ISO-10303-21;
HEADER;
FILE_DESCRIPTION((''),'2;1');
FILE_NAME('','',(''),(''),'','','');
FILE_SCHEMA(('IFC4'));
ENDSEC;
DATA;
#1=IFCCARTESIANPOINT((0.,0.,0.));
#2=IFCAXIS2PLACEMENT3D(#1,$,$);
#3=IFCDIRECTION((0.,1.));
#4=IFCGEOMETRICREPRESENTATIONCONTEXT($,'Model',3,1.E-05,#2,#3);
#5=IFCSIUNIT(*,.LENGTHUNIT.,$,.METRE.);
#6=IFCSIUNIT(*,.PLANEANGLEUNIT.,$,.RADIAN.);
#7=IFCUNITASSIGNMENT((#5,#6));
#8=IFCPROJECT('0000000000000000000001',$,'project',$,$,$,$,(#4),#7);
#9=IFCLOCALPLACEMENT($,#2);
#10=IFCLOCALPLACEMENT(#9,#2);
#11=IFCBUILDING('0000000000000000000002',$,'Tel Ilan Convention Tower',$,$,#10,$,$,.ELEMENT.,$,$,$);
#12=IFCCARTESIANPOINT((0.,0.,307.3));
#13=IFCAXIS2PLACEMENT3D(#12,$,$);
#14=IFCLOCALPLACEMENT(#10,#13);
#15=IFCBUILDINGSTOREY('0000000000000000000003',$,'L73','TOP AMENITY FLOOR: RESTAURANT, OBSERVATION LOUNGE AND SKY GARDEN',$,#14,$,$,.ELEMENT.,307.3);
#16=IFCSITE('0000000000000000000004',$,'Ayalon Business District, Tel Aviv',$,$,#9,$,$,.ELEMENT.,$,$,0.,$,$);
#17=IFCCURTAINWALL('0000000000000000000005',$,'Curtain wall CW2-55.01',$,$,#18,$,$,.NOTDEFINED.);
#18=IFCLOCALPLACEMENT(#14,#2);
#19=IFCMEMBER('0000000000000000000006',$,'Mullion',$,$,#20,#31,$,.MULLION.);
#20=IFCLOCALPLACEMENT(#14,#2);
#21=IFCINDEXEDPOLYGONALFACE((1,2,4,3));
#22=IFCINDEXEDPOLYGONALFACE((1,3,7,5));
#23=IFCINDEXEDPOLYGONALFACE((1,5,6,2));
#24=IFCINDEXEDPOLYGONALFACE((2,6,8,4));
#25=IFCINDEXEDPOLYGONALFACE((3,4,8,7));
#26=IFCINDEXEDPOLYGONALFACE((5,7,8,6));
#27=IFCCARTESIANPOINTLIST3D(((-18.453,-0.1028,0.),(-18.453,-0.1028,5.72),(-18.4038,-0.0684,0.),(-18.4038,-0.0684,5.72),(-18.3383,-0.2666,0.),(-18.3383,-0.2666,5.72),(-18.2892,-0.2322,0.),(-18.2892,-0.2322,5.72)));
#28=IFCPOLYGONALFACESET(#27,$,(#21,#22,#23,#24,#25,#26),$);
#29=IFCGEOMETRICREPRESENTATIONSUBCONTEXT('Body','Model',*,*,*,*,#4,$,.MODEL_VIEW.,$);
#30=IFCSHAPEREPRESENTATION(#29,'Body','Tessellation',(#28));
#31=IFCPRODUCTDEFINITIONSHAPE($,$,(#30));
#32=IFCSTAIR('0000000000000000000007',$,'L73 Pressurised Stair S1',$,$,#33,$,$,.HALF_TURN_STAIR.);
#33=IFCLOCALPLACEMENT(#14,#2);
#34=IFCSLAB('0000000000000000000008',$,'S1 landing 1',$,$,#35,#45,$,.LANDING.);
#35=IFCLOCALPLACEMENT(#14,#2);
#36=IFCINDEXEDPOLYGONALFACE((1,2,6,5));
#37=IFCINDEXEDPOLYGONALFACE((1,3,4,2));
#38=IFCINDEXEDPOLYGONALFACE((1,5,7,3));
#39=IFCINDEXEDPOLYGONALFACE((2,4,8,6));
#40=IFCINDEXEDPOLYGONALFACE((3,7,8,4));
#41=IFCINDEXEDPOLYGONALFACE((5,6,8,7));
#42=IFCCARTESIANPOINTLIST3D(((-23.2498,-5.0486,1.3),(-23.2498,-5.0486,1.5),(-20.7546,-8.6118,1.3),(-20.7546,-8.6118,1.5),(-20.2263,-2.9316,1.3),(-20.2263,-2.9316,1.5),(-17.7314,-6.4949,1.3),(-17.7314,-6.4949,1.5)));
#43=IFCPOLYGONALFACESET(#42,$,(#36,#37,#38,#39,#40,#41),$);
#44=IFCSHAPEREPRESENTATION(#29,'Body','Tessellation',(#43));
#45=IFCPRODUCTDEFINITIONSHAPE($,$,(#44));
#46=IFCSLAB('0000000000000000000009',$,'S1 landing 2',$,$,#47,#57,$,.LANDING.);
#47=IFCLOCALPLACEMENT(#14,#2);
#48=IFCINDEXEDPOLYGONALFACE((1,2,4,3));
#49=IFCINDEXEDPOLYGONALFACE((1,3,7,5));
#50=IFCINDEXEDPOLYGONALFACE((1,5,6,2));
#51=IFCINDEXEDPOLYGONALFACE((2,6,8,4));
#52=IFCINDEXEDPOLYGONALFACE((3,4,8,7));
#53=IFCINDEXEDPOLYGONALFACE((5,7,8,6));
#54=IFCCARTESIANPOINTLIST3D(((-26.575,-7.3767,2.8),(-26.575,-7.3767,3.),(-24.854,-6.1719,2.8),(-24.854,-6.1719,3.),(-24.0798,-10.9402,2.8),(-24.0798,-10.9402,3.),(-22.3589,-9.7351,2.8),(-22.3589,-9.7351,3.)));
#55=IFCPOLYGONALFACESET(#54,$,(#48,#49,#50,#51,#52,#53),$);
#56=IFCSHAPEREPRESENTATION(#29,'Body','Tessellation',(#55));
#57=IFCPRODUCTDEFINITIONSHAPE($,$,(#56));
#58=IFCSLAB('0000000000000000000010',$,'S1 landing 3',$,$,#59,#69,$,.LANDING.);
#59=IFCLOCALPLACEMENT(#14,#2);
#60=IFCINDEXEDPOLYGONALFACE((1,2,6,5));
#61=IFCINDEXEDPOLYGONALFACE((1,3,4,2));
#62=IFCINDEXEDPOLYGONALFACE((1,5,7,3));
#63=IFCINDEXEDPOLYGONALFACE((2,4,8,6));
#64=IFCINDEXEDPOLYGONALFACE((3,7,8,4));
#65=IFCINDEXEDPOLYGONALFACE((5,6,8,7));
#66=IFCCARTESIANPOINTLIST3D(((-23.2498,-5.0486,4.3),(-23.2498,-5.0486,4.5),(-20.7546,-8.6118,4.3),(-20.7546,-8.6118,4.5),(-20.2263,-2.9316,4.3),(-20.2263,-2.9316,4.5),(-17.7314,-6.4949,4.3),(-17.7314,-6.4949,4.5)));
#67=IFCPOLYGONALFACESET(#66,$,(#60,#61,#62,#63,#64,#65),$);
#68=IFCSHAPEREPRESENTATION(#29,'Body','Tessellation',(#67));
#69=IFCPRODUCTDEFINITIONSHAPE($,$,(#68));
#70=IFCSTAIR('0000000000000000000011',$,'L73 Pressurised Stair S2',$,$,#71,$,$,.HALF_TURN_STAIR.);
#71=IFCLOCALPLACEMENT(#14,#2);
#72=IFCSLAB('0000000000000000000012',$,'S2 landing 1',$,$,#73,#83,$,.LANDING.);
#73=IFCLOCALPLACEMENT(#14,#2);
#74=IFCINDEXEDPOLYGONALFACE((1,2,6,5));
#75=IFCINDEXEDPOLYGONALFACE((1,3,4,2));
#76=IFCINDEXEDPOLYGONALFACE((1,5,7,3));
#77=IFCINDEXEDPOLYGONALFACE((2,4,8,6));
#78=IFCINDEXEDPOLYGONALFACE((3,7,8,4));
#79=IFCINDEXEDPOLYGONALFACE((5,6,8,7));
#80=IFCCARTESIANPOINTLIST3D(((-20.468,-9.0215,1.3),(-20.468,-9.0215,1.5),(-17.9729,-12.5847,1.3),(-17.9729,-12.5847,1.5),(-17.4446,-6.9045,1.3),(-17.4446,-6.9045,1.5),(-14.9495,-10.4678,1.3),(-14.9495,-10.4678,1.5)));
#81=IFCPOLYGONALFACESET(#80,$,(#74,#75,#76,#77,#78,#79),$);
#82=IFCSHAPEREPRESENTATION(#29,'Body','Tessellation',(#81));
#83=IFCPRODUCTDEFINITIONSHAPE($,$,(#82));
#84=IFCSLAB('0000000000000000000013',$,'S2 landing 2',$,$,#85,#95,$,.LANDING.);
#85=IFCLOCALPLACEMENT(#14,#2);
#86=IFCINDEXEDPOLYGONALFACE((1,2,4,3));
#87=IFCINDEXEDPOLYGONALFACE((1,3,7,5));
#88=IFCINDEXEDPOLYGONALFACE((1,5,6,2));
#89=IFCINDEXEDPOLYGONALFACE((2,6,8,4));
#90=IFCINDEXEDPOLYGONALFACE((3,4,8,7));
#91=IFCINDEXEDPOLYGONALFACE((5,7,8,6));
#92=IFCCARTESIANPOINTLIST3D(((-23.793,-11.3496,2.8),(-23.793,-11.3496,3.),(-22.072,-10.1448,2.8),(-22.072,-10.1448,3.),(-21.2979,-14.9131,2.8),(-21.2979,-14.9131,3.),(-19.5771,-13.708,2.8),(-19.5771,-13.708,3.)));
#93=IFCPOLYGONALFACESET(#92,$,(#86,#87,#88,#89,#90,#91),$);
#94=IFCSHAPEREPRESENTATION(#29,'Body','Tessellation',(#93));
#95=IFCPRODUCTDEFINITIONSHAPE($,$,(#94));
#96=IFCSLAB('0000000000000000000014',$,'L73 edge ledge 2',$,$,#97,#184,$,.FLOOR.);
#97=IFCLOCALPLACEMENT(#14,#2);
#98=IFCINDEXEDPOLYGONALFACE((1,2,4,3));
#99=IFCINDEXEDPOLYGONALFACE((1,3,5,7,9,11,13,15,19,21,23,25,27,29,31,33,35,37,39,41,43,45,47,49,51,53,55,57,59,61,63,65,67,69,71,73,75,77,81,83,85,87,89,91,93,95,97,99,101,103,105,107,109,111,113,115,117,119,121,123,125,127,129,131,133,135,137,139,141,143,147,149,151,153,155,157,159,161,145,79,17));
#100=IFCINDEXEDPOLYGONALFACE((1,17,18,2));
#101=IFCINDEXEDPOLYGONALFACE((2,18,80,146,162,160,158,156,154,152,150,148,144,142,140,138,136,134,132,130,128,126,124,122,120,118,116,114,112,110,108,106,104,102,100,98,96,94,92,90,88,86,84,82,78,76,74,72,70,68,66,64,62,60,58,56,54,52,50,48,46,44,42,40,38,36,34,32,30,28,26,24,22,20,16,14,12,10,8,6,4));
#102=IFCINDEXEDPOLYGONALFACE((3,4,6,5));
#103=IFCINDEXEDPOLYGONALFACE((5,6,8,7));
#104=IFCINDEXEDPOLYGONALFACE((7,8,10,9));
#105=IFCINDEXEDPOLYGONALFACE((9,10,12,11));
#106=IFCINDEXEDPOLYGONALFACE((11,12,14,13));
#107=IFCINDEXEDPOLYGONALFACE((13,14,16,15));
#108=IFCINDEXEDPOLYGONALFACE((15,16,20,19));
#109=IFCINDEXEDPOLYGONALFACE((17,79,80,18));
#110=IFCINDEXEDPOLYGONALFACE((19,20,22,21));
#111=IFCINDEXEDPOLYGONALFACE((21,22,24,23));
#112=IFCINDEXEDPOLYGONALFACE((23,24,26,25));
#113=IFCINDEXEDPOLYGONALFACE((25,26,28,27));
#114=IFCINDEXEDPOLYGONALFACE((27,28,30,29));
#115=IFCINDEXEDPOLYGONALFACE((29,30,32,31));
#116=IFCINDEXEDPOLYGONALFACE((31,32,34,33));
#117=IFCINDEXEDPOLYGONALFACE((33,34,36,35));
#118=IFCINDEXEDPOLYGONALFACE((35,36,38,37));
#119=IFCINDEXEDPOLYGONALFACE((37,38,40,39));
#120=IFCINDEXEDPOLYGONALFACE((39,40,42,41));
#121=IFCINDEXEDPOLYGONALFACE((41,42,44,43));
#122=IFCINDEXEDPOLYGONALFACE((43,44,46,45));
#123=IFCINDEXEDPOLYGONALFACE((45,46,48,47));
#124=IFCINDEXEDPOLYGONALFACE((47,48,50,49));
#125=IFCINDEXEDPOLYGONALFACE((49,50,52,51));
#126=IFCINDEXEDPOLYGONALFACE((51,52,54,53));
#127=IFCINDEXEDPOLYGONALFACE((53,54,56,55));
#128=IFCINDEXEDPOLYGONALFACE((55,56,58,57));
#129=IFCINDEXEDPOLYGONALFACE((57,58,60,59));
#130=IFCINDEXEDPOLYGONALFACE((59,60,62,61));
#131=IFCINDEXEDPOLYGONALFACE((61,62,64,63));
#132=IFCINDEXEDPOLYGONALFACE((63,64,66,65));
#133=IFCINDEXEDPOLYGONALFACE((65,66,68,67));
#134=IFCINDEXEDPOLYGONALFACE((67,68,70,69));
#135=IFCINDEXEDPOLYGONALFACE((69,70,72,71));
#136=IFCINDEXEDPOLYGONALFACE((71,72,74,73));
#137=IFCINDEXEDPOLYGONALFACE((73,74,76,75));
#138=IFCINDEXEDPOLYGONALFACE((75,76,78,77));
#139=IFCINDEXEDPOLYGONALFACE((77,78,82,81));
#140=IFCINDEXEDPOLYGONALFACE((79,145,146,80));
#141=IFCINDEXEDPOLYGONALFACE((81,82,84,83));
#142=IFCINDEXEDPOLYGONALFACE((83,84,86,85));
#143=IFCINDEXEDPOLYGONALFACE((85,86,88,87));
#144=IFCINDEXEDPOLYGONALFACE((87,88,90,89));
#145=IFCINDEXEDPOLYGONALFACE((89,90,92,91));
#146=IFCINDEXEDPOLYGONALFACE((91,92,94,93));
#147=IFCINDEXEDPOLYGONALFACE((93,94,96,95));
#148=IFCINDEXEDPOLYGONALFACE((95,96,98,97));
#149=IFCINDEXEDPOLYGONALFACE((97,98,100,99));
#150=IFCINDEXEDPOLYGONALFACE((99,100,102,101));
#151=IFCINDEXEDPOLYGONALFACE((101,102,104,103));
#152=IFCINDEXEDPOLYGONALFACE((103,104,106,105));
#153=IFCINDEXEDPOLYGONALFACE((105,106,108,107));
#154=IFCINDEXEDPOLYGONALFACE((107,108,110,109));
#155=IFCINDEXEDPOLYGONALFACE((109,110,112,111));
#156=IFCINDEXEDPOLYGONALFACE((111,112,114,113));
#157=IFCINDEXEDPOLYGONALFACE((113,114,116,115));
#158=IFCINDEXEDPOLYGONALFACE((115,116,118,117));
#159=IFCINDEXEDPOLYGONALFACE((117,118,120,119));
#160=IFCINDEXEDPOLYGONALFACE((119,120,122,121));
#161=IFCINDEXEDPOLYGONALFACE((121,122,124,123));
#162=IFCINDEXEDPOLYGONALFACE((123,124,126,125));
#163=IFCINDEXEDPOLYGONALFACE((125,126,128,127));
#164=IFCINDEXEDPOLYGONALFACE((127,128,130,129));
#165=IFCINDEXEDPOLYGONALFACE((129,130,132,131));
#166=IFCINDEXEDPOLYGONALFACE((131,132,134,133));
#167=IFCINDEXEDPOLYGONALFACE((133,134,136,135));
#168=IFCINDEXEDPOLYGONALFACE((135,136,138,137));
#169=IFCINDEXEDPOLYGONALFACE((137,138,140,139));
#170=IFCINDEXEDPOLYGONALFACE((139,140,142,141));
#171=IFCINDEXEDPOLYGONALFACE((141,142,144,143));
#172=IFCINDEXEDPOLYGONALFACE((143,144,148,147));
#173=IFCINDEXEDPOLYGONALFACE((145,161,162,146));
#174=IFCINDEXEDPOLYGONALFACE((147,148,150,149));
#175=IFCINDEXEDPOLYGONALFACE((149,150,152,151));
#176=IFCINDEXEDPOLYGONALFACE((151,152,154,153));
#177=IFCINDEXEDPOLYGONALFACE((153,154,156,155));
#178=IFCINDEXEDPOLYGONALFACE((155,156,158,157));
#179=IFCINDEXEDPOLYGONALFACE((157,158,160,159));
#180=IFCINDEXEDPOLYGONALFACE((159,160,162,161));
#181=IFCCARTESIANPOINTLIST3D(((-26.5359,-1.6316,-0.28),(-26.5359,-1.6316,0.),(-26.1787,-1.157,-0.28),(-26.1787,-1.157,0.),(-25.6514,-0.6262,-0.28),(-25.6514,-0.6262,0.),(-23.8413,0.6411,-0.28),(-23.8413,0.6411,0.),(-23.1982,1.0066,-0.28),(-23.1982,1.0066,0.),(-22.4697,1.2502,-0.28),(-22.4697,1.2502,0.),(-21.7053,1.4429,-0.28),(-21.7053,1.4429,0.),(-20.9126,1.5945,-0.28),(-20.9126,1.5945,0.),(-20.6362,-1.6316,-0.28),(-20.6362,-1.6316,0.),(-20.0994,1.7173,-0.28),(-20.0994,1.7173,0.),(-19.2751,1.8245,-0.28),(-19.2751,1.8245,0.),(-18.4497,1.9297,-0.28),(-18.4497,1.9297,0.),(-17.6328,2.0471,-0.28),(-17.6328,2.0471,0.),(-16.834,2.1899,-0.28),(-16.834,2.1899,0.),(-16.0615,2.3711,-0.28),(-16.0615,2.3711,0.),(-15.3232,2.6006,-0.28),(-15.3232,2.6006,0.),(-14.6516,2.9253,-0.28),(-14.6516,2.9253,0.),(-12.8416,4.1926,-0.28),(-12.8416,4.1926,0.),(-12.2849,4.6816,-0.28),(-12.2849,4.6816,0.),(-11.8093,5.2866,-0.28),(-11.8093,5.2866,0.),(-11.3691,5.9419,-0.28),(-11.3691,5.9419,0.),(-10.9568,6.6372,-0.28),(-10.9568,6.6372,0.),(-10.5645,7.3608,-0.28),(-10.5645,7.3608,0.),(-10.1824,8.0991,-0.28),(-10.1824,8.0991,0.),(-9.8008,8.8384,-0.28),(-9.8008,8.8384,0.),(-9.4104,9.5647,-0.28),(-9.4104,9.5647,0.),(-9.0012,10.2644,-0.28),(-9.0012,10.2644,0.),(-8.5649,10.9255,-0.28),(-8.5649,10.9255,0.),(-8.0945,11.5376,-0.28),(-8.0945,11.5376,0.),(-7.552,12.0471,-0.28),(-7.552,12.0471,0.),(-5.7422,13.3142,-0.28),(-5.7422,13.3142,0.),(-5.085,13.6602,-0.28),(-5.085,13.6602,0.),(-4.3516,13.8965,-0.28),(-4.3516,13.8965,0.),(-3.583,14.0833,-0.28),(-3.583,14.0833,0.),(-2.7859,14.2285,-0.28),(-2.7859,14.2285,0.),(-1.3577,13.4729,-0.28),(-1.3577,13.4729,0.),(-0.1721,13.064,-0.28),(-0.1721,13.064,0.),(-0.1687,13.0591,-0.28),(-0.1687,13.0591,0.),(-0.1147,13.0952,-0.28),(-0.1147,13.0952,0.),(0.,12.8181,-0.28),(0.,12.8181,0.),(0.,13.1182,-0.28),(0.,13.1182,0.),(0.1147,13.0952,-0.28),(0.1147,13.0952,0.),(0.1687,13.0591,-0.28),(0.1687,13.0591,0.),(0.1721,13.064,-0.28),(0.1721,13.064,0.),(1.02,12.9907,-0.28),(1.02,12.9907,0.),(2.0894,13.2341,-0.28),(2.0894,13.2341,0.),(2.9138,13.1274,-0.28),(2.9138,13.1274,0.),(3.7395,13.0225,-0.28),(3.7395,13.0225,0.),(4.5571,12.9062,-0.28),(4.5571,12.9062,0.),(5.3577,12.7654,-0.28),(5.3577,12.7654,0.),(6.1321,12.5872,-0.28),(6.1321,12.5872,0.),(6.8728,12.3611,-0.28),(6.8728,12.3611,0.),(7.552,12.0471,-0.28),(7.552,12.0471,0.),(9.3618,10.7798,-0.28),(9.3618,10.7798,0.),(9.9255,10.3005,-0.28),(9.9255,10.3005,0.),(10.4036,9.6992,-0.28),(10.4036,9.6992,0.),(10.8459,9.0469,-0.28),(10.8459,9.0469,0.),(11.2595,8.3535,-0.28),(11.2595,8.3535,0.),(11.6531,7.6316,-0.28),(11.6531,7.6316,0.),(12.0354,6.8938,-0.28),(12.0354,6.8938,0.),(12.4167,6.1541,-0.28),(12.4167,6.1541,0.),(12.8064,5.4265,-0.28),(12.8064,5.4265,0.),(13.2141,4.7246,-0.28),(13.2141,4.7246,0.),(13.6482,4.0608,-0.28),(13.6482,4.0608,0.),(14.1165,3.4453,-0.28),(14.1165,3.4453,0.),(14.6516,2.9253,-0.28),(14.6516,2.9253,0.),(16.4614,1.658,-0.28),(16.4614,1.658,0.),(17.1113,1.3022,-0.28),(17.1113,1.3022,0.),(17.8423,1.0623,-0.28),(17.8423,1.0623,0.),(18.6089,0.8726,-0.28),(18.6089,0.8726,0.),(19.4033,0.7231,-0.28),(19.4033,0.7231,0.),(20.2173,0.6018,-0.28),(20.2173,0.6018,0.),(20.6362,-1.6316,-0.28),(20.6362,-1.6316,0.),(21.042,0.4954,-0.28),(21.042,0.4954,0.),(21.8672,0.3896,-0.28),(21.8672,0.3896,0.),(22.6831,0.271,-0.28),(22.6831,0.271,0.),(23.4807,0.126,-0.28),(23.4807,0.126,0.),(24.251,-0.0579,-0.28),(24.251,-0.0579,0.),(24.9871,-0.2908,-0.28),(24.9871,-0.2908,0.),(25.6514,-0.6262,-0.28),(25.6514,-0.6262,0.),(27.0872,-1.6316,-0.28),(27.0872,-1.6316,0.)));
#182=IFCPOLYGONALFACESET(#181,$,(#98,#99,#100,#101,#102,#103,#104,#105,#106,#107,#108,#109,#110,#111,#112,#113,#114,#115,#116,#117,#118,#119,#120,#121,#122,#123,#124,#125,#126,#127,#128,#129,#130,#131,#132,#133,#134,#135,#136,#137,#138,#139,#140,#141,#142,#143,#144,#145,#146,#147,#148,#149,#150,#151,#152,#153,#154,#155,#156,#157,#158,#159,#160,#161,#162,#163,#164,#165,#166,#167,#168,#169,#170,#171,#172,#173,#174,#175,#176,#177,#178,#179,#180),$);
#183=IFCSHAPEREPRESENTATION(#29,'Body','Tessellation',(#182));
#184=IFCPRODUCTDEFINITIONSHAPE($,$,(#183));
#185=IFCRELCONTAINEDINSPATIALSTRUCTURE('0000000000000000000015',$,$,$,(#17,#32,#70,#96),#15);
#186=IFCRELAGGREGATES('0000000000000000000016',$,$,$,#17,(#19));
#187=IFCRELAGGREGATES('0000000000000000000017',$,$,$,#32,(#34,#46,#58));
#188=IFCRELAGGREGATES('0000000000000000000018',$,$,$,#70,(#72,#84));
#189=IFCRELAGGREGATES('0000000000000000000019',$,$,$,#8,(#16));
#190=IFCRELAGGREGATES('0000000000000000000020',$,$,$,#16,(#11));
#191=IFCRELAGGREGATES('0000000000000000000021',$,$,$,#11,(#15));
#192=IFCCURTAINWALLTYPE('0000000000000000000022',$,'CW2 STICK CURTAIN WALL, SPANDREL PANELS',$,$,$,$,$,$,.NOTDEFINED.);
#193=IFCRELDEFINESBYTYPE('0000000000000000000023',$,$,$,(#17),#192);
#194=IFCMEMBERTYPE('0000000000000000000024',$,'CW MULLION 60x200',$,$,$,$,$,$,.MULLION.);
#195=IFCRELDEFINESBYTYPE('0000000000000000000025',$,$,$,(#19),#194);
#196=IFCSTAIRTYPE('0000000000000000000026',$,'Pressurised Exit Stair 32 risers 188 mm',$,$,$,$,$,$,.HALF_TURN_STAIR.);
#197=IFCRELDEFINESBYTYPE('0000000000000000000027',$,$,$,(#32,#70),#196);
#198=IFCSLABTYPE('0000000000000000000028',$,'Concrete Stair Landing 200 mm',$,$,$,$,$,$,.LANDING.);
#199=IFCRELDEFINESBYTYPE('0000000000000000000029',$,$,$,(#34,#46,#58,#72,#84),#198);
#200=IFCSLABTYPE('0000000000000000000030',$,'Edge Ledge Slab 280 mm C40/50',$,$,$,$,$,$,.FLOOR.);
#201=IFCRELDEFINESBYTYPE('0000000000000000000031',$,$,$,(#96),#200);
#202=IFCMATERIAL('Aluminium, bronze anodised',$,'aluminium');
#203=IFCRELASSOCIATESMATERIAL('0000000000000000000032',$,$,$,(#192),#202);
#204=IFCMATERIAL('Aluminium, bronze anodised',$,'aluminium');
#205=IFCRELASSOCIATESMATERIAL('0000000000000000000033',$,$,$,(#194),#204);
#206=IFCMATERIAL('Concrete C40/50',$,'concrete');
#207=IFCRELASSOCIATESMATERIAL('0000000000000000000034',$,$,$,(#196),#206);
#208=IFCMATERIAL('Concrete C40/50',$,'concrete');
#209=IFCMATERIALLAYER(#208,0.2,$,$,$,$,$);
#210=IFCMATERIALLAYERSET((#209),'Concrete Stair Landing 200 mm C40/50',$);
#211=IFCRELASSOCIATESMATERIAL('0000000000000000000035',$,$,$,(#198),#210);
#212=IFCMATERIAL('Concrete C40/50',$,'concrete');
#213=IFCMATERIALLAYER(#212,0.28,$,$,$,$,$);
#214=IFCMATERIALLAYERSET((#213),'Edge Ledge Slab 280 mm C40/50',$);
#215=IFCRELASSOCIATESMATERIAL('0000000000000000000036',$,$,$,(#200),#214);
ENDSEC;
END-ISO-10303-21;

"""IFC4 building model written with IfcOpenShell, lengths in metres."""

from ifc_helpers import new_model, si_unit, direction, frame, origin, origin_2d, place, context, subcontext, project, spatial, polyline, rectangle, outline, extrude, material, layer, layer_set, material_profile, profile_set, type_object, element, aggregate, save


model = new_model("IFC4")

# Units and contexts
model_context = context("Model", 3, precision=1e-05, world=origin(), true_north=direction((0.0, 1.0)))
body_context = subcontext(model_context, "Body", "Model", "MODEL_VIEW")
ifc_project = project(units=[si_unit("LENGTHUNIT", "METRE"), si_unit("PLANEANGLEUNIT", "RADIAN")], contexts=[model_context])

# Site, building, storey
site_placement = place(None, origin())
site = spatial("IfcSite", under=ifc_project, at=site_placement, Name="Ayalon Business District, Tel Aviv", CompositionType="ELEMENT", RefElevation=0.0)
building_placement = place(site_placement, origin())
building = spatial("IfcBuilding", under=site, at=building_placement, Name="Tel Ilan Convention Tower", CompositionType="ELEMENT")
storey_placement = place(building_placement, frame((0.0, 0.0, 307.3)))
storey = spatial("IfcBuildingStorey", under=building, at=storey_placement, Name="L73", Description="TOP AMENITY FLOOR: RESTAURANT, OBSERVATION LOUNGE AND SKY GARDEN", CompositionType="ELEMENT", Elevation=307.3)

# Curtain wall, member
ifc_material_1 = material(Name="Aluminium, bronze anodised", Category="aluminium")
curtain_wall_type = type_object("IfcCurtainWallType", Name="CW2 STICK CURTAIN WALL, SPANDREL PANELS", PredefinedType="NOTDEFINED", material=ifc_material_1)
curtain_wall_placement = place(storey_placement, origin())
curtain_wall = element("IfcCurtainWall", 1, at=curtain_wall_placement, inside=storey, type_object=curtain_wall_type, Name="Curtain wall CW2-55.01", PredefinedType="NOTDEFINED")
ifc_material_2 = material(Name="Aluminium, bronze anodised", Category="aluminium")
ifc_material_profile = material_profile(ifc_material_2, rectangle(XDim=0.0601, YDim=0.2, at=origin_2d()), Name="CW MULLION 60x200")
ifc_profile_set = profile_set([ifc_material_profile], Name="Aluminium, bronze anodised")
member_type = type_object("IfcMemberType", Name="CW MULLION 60x200", PredefinedType="MULLION", material=ifc_profile_set)
member_placement = place(storey_placement, frame((-18.3711, -0.1675, 0.0), z_axis=(0.0, 0.0, 1.0), x_axis=(-0.819152, -0.573576, 0.0)))
member = element("IfcMember", 2, at=member_placement, type_object=member_type, Name="Mullion", PredefinedType="MULLION", context=body_context, shape_type="SweptSolid", body=[
    extrude(rectangle(XDim=0.0601, YDim=0.2, at=origin_2d()), origin(), (0.0, 0.0, 1.0), 5.72),
])
aggregate(curtain_wall, [member])

# Stairs, slabs
ifc_material_3 = material(Name="Concrete C40/50", Category="concrete")
stair_type = type_object("IfcStairType", Name="Pressurised Exit Stair 32 risers 188 mm", PredefinedType="HALF_TURN_STAIR", material=ifc_material_3)
stair_1_placement = place(storey_placement, origin())
stair_1 = element("IfcStair", 3, at=stair_1_placement, inside=storey, type_object=stair_type, Name="L73 Pressurised Stair S1", PredefinedType="HALF_TURN_STAIR")
ifc_material_4 = material(Name="Concrete C40/50", Category="concrete")
ifc_layer_1 = layer(ifc_material_4, 0.2)
ifc_layer_set_1 = layer_set([ifc_layer_1], Name="Concrete Stair Landing 200 mm C40/50")
slab_type_1 = type_object("IfcSlabType", Name="Concrete Stair Landing 200 mm", PredefinedType="LANDING", material=ifc_layer_set_1)
slab_1_placement = place(storey_placement, frame((0.0, 0.0, 1.3)))
slab_1 = element("IfcSlab", 4, at=slab_1_placement, type_object=slab_type_1, Name="S1 landing 1", PredefinedType="LANDING", context=body_context, shape_type="SweptSolid", body=[
    extrude(outline(polyline([(-20.7546, -8.6118), (-17.7314, -6.4949), (-20.2263, -2.9316), (-23.2498, -5.0486), (-20.7546, -8.6118)])), origin(), (0.0, 0.0, 1.0), 0.2),
])
slab_2_placement = place(storey_placement, frame((0.0, 0.0, 2.8)))
slab_2 = element("IfcSlab", 5, at=slab_2_placement, type_object=slab_type_1, Name="S1 landing 2", PredefinedType="LANDING", context=body_context, shape_type="SweptSolid", body=[
    extrude(outline(polyline([(-24.0798, -10.9402), (-22.3589, -9.7351), (-24.854, -6.1719), (-26.575, -7.3767), (-24.0798, -10.9402)])), origin(), (0.0, 0.0, 1.0), 0.2),
])
slab_3_placement = place(storey_placement, frame((0.0, 0.0, 4.3)))
slab_3 = element("IfcSlab", 6, at=slab_3_placement, type_object=slab_type_1, Name="S1 landing 3", PredefinedType="LANDING", context=body_context, shape_type="SweptSolid", body=[
    extrude(outline(polyline([(-20.7546, -8.6118), (-17.7314, -6.4949), (-20.2263, -2.9316), (-23.2498, -5.0486), (-20.7546, -8.6118)])), origin(), (0.0, 0.0, 1.0), 0.2),
])
aggregate(stair_1, [slab_1, slab_2, slab_3])
stair_2_placement = place(storey_placement, origin())
stair_2 = element("IfcStair", 7, at=stair_2_placement, inside=storey, type_object=stair_type, Name="L73 Pressurised Stair S2", PredefinedType="HALF_TURN_STAIR")
slab_4_placement = place(storey_placement, frame((0.0, 0.0, 1.3)))
slab_4 = element("IfcSlab", 8, at=slab_4_placement, type_object=slab_type_1, Name="S2 landing 1", PredefinedType="LANDING", context=body_context, shape_type="SweptSolid", body=[
    extrude(outline(polyline([(-17.9729, -12.5847), (-14.9495, -10.4678), (-17.4446, -6.9045), (-20.468, -9.0215), (-17.9729, -12.5847)])), origin(), (0.0, 0.0, 1.0), 0.2),
])
slab_5_placement = place(storey_placement, frame((0.0, 0.0, 2.8)))
slab_5 = element("IfcSlab", 9, at=slab_5_placement, type_object=slab_type_1, Name="S2 landing 2", PredefinedType="LANDING", context=body_context, shape_type="SweptSolid", body=[
    extrude(outline(polyline([(-21.2979, -14.9131), (-19.5771, -13.708), (-22.072, -10.1448), (-23.793, -11.3496), (-21.2979, -14.9131)])), origin(), (0.0, 0.0, 1.0), 0.2),
])
aggregate(stair_2, [slab_4, slab_5])

# Slab
ifc_material_5 = material(Name="Concrete C40/50", Category="concrete")
ifc_layer_2 = layer(ifc_material_5, 0.28)
ifc_layer_set_2 = layer_set([ifc_layer_2], Name="Edge Ledge Slab 280 mm C40/50")
slab_type_2 = type_object("IfcSlabType", Name="Edge Ledge Slab 280 mm C40/50", PredefinedType="FLOOR", material=ifc_layer_set_2)
slab_6_placement = place(storey_placement, frame((0.0, 0.0, -0.28)))
element("IfcSlab", 10, at=slab_6_placement, inside=storey, type_object=slab_type_2, Name="L73 edge ledge 2", PredefinedType="FLOOR", context=body_context, shape_type="SweptSolid", body=[
    extrude(outline(polyline([(-23.1982, 1.0066), (-22.4697, 1.2502), (-21.7053, 1.4429), (-20.9126, 1.5945), (-20.0994, 1.7173), (-19.2751, 1.8245), (-18.4497, 1.9297), (-17.6328, 2.0471), (-16.834, 2.1899), (-16.0615, 2.3711), (-15.3232, 2.6006), (-14.6516, 2.9253), (-12.8416, 4.1926), (-12.2849, 4.6816), (-11.8093, 5.2866), (-11.3691, 5.9419), (-10.9568, 6.6372), (-10.5645, 7.3608), (-10.1824, 8.0991), (-9.8008, 8.8384), (-9.4104, 9.5647), (-9.0012, 10.2644), (-8.5649, 10.9255), (-8.0945, 11.5376), (-7.552, 12.0471), (-5.7422, 13.3142), (-5.085, 13.6602), (-4.3516, 13.8965), (-3.583, 14.0833), (-2.7859, 14.2285), (-1.3577, 13.4729), (-0.1721, 13.064), (-0.1687, 13.0591), (-0.1147, 13.0952), (0.0, 13.1182), (0.1147, 13.0952), (0.1687, 13.0591), (0.1721, 13.064), (1.02, 12.9907), (2.0894, 13.2341), (2.9138, 13.1274), (3.7395, 13.0225), (4.5571, 12.9062), (5.3577, 12.7654), (6.1321, 12.5872), (6.8728, 12.3611), (7.552, 12.0471), (9.3618, 10.7798), (9.9255, 10.3005), (10.4036, 9.6992), (10.8459, 9.0469), (11.2595, 8.3535), (11.6531, 7.6316), (12.0354, 6.8938), (12.4167, 6.1541), (12.8064, 5.4265), (13.2141, 4.7246), (13.6482, 4.0608), (14.1165, 3.4453), (14.6516, 2.9253), (16.4614, 1.658), (17.1113, 1.3022), (17.8423, 1.0623), (18.6089, 0.8726), (19.4033, 0.7231), (20.2173, 0.6018), (21.042, 0.4954), (21.8672, 0.3896), (22.6831, 0.271), (23.4807, 0.126), (24.251, -0.0579), (24.9871, -0.2908), (25.6514, -0.6262), (27.0872, -1.6316), (20.6362, -1.6316), (0.0, 12.8181), (-20.6362, -1.6316), (-26.5359, -1.6316), (-26.1787, -1.157), (-25.6514, -0.6262), (-23.8413, 0.6411), (-23.1982, 1.0066)])), origin(), (0.0, 0.0, 1.0), 0.28),
])

save(model, "model.ifc")
